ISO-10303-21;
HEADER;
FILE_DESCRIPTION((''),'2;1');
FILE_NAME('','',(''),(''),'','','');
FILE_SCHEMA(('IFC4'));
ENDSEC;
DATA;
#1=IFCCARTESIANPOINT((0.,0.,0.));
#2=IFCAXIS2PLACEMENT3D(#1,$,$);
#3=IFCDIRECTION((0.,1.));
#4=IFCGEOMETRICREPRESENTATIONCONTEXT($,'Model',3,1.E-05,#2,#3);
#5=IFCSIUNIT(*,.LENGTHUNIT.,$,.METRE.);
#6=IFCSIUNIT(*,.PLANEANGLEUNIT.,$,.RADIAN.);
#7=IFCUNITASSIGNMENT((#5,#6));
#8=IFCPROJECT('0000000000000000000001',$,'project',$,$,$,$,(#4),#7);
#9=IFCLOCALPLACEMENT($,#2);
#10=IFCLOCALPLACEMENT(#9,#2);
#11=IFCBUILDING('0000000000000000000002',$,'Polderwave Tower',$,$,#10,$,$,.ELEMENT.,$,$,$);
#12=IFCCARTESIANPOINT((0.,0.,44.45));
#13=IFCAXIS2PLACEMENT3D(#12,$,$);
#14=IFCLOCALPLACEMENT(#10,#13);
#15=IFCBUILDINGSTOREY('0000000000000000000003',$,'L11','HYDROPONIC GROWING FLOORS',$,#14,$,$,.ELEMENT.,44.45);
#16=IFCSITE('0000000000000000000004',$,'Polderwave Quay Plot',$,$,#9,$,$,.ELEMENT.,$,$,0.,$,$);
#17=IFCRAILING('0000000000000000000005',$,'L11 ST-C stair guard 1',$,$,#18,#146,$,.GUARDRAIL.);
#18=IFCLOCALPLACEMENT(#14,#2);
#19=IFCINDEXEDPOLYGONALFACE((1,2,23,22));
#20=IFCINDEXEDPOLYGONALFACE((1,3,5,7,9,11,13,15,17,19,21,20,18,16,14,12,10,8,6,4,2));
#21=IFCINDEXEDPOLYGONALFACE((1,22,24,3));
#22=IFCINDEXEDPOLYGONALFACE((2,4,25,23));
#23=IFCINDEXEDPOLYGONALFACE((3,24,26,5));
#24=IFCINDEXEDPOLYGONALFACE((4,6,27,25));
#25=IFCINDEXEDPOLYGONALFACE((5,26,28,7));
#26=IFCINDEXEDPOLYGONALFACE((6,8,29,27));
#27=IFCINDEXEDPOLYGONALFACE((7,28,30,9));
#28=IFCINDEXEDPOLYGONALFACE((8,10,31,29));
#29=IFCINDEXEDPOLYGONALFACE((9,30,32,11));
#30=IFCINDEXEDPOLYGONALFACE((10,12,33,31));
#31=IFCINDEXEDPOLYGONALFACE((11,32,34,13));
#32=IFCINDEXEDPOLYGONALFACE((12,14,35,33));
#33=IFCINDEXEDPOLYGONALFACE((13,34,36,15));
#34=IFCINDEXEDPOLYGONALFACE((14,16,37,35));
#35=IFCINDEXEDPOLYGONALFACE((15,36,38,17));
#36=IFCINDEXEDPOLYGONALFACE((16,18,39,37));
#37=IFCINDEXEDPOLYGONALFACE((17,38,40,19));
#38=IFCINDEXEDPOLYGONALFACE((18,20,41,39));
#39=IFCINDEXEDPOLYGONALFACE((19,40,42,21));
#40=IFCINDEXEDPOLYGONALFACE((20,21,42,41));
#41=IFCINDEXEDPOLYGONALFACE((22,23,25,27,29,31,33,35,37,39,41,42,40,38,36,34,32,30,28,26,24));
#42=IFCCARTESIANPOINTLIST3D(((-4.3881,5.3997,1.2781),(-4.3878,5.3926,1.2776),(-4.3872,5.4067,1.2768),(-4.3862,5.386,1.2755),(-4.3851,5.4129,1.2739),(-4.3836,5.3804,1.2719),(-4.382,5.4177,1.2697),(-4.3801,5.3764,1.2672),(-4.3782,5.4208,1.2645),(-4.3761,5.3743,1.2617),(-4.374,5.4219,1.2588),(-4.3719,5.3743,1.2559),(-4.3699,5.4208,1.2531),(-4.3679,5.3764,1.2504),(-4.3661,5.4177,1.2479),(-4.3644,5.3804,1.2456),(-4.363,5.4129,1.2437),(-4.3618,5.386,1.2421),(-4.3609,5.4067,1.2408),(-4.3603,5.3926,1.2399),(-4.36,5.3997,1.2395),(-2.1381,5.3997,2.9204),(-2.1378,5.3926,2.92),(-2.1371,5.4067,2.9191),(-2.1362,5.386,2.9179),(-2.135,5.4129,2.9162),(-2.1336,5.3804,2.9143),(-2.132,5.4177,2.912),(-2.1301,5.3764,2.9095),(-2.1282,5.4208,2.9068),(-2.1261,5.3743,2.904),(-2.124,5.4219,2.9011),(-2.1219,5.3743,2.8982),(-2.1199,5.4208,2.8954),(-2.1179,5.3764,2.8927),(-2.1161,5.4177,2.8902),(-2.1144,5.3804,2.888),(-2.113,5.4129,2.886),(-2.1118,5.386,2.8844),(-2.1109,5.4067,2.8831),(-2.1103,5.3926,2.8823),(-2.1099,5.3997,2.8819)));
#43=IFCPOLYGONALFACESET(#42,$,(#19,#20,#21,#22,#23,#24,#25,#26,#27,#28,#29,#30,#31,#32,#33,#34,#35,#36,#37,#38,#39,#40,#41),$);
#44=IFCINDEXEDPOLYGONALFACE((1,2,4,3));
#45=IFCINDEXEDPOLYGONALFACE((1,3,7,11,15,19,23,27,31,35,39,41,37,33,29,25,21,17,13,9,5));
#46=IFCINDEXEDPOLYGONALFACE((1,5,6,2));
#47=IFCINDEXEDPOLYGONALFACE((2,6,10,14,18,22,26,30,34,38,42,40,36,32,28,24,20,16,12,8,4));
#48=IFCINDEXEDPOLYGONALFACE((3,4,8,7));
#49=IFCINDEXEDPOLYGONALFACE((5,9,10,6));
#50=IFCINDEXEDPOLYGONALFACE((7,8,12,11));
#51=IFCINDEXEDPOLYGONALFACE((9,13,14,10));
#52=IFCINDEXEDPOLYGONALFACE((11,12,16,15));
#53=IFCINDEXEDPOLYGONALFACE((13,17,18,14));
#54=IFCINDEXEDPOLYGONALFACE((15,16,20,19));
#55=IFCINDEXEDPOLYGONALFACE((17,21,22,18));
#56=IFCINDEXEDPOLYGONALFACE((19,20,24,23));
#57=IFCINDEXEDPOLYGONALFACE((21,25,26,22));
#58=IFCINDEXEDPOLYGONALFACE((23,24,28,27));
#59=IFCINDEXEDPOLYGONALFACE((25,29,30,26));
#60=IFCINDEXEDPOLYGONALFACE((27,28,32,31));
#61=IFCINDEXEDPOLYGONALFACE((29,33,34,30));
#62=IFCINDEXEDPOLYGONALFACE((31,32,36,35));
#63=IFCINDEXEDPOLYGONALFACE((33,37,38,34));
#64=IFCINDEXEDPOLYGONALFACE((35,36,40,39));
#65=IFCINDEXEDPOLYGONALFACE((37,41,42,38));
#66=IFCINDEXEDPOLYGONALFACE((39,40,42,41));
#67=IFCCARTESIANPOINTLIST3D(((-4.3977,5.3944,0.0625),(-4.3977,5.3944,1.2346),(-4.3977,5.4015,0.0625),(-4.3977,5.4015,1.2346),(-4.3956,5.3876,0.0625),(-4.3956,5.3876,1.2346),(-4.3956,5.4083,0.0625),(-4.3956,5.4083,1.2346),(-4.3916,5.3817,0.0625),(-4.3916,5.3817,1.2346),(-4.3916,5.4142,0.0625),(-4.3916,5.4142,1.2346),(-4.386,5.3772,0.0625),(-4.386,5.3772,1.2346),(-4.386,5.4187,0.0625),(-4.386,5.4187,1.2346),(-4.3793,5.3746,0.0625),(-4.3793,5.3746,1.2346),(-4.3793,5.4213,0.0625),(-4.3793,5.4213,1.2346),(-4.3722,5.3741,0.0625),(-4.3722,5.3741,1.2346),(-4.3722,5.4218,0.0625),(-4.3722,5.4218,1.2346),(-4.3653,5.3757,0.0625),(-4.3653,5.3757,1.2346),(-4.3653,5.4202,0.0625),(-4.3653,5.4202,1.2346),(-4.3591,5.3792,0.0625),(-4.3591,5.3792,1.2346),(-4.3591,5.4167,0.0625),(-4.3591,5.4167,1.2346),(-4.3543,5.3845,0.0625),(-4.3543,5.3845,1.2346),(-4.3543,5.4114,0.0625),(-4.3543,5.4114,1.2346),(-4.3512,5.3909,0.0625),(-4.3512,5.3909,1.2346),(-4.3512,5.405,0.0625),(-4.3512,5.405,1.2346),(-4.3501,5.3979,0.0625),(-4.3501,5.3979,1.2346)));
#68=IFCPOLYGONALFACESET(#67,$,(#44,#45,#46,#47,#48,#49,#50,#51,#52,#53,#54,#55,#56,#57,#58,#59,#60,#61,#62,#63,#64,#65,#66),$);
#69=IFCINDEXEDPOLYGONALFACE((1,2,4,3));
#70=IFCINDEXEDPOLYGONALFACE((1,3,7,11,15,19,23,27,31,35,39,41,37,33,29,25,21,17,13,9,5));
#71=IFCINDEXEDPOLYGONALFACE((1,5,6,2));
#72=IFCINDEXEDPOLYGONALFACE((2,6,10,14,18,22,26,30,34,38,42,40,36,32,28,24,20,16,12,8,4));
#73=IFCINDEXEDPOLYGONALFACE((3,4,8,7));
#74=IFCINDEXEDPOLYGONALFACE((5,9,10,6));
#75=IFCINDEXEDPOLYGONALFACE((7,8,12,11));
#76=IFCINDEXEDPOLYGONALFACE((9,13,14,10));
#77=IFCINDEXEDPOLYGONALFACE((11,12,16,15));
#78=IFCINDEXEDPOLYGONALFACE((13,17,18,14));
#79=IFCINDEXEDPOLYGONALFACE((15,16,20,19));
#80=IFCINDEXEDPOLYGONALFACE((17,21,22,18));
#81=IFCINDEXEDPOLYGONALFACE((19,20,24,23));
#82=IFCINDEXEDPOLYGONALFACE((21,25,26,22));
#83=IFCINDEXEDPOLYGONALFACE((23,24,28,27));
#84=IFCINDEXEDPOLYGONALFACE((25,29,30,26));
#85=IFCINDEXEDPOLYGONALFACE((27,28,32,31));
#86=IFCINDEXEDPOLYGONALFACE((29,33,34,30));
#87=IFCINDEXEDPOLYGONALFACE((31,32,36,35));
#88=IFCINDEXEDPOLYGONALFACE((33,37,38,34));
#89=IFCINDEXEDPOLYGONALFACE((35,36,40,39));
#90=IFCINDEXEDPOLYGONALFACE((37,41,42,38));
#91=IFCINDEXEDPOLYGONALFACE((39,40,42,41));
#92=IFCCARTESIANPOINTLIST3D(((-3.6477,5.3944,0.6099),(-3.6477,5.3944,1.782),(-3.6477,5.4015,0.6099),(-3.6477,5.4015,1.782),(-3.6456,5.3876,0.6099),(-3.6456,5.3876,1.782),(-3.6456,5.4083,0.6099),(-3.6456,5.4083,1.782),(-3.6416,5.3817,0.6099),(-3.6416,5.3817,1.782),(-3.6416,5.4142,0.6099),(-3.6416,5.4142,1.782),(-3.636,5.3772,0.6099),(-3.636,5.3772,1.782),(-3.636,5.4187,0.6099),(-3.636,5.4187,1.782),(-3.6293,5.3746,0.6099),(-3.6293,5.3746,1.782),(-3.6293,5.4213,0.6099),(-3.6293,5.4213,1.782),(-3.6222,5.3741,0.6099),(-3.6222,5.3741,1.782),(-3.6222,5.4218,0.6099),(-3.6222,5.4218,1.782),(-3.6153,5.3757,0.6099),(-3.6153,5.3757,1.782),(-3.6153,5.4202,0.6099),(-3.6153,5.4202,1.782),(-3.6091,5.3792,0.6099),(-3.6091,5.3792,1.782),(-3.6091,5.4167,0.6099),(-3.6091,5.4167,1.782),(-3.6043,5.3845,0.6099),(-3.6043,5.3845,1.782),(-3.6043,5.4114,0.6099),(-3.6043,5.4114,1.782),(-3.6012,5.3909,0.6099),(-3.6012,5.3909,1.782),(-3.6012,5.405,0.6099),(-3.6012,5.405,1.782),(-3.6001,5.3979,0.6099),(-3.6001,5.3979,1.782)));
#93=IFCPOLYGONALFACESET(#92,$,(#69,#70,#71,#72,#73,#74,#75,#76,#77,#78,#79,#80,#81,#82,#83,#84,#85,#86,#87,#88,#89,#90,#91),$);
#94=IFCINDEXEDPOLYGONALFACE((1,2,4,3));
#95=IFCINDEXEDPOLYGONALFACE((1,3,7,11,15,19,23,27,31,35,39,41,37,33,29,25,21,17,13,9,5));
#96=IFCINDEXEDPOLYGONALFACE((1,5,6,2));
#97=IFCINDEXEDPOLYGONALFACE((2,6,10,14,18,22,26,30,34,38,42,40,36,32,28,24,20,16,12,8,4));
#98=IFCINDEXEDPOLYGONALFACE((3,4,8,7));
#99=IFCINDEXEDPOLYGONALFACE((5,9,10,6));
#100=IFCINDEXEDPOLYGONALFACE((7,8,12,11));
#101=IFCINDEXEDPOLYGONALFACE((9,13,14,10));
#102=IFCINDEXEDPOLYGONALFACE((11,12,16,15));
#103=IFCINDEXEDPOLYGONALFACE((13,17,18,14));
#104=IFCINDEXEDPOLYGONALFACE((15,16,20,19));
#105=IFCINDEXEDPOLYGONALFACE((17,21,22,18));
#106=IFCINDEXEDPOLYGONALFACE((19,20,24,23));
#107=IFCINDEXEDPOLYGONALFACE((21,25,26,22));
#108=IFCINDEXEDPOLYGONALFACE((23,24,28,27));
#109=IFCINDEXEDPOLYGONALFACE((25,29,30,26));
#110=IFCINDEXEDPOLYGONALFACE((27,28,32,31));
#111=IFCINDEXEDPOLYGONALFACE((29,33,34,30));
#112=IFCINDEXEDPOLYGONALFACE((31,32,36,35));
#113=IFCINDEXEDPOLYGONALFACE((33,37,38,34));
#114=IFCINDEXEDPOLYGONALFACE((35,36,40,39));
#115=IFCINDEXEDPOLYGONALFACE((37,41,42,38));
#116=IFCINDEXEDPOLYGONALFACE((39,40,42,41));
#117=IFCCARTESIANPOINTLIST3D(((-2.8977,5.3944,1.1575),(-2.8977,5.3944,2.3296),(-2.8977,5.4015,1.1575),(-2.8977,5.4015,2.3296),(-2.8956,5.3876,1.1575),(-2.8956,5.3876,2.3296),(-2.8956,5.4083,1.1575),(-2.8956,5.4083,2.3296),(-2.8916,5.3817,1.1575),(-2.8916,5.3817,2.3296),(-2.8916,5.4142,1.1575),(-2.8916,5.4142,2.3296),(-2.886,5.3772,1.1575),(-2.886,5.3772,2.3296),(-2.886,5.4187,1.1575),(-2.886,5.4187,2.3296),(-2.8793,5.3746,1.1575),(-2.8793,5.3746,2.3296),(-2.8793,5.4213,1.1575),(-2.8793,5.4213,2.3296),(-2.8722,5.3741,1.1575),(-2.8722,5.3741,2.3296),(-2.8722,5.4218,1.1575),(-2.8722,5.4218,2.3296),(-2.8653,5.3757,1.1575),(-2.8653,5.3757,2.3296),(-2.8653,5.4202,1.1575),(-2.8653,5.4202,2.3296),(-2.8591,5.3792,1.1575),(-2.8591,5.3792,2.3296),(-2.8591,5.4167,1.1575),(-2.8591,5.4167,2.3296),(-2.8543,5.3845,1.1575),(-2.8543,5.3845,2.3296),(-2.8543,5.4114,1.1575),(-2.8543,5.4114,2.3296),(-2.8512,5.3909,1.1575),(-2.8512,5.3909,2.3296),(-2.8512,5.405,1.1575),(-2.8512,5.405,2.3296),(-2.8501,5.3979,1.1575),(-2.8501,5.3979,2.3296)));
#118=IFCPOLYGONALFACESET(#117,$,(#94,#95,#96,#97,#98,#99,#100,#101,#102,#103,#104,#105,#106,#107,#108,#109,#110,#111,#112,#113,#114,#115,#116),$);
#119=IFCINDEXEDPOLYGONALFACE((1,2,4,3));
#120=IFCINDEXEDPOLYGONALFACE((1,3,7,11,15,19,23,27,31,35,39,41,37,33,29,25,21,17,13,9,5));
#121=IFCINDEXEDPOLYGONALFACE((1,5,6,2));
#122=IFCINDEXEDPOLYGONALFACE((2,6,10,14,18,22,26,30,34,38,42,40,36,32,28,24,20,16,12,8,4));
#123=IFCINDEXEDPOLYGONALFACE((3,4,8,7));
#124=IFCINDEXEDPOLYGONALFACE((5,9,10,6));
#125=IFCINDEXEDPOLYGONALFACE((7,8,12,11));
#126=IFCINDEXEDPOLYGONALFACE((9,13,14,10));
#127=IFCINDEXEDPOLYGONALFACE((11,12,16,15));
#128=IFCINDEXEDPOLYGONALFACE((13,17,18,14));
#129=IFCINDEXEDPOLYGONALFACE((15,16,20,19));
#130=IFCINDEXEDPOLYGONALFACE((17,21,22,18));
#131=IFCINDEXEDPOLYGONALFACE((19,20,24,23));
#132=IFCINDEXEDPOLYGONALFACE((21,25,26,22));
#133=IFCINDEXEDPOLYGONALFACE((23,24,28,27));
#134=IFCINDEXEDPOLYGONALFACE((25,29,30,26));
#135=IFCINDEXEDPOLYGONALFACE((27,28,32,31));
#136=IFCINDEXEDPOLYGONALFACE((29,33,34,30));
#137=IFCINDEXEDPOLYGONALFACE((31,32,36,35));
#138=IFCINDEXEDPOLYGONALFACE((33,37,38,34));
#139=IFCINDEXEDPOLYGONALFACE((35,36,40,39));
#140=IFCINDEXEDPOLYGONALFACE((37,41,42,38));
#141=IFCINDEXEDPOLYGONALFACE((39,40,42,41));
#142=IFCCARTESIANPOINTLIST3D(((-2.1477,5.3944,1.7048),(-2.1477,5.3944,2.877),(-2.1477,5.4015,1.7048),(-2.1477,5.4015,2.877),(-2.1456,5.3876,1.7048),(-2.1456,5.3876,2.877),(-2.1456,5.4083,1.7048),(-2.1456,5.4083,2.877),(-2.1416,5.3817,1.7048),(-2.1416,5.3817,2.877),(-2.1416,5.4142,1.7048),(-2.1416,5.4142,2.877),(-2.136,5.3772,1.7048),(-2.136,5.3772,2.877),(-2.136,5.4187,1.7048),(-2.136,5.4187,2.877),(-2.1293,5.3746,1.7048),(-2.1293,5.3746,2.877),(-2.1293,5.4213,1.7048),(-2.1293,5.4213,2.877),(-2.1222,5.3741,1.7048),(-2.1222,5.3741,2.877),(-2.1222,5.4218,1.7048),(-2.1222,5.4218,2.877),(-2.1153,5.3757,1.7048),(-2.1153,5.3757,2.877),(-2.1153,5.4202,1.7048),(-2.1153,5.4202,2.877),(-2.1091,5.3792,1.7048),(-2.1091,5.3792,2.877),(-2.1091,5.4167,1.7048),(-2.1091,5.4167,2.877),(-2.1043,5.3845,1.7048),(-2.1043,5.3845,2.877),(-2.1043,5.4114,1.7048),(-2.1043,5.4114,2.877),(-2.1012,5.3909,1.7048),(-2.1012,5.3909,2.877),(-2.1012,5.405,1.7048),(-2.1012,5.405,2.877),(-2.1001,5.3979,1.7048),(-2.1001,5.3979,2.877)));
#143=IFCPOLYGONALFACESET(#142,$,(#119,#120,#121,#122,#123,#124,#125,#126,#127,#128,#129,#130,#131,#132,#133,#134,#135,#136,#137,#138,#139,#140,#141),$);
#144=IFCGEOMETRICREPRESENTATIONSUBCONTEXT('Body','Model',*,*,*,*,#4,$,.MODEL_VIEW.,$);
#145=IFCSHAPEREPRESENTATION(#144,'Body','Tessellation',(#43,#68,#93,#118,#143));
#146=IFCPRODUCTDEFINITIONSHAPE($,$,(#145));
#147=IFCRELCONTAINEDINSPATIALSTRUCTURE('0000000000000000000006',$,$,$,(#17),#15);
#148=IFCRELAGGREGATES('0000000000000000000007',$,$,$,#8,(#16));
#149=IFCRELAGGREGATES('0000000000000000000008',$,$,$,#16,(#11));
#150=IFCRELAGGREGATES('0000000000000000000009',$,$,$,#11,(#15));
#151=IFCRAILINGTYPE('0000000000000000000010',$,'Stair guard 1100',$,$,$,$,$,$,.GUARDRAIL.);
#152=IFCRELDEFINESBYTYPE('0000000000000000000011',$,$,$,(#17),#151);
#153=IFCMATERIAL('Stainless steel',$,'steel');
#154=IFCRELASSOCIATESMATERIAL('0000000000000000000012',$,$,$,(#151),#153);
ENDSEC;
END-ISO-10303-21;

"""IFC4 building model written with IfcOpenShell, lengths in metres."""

from ifc_helpers import new_model, si_unit, direction, frame, origin, origin_2d, place, context, subcontext, project, spatial, circle, extrude, material, type_object, element, save


model = new_model("IFC4")

# Units and contexts
model_context = context("Model", 3, precision=1e-05, world=origin(), true_north=direction((0.0, 1.0)))
body_context = subcontext(model_context, "Body", "Model", "MODEL_VIEW")
ifc_project = project(units=[si_unit("LENGTHUNIT", "METRE"), si_unit("PLANEANGLEUNIT", "RADIAN")], contexts=[model_context])

# Site, building, storey
site_placement = place(None, origin())
site = spatial("IfcSite", under=ifc_project, at=site_placement, Name="Polderwave Quay Plot", CompositionType="ELEMENT", RefElevation=0.0)
building_placement = place(site_placement, origin())
building = spatial("IfcBuilding", under=site, at=building_placement, Name="Polderwave Tower", CompositionType="ELEMENT")
storey_placement = place(building_placement, frame((0.0, 0.0, 44.45)))
storey = spatial("IfcBuildingStorey", under=building, at=storey_placement, Name="L11", Description="HYDROPONIC GROWING FLOORS", CompositionType="ELEMENT", Elevation=44.45)

# Railing
ifc_material_1 = material(Name="Stainless steel", Category="steel")
railing_type_1 = type_object("IfcRailingType", Name="Stair guard 1100", PredefinedType="GUARDRAIL", material=ifc_material_1)
railing_1_placement = place(storey_placement, frame((-4.374, 5.3979, 0.0625)))
element("IfcRailing", 1, at=railing_1_placement, inside=storey, type_object=railing_type_1, Name="L11 ST-C stair guard 1", PredefinedType="GUARDRAIL", context=body_context, shape_type="SweptSolid", body=[
    extrude(circle(Radius=0.0239, at=origin_2d()), frame((0.0, 0.0, 1.1963), z_axis=(0.807715, 0.0, 0.589573), x_axis=(0.0, 1.0, 0.0)), (0.0, 0.0, 1.0), 2.7856),
    extrude(circle(Radius=0.0239, at=origin_2d()), origin(), (0.0, 0.0, 1.0), 1.1721),
    extrude(circle(Radius=0.0239, at=origin_2d()), frame((0.75, 0.0, 0.5474)), (0.0, 0.0, 1.0), 1.1721),
    extrude(circle(Radius=0.0239, at=origin_2d()), frame((1.5, 0.0, 1.095)), (0.0, 0.0, 1.0), 1.1721),
    extrude(circle(Radius=0.0239, at=origin_2d()), frame((2.25, 0.0, 1.6423)), (0.0, 0.0, 1.0), 1.1721),
])

save(model, "model.ifc")
